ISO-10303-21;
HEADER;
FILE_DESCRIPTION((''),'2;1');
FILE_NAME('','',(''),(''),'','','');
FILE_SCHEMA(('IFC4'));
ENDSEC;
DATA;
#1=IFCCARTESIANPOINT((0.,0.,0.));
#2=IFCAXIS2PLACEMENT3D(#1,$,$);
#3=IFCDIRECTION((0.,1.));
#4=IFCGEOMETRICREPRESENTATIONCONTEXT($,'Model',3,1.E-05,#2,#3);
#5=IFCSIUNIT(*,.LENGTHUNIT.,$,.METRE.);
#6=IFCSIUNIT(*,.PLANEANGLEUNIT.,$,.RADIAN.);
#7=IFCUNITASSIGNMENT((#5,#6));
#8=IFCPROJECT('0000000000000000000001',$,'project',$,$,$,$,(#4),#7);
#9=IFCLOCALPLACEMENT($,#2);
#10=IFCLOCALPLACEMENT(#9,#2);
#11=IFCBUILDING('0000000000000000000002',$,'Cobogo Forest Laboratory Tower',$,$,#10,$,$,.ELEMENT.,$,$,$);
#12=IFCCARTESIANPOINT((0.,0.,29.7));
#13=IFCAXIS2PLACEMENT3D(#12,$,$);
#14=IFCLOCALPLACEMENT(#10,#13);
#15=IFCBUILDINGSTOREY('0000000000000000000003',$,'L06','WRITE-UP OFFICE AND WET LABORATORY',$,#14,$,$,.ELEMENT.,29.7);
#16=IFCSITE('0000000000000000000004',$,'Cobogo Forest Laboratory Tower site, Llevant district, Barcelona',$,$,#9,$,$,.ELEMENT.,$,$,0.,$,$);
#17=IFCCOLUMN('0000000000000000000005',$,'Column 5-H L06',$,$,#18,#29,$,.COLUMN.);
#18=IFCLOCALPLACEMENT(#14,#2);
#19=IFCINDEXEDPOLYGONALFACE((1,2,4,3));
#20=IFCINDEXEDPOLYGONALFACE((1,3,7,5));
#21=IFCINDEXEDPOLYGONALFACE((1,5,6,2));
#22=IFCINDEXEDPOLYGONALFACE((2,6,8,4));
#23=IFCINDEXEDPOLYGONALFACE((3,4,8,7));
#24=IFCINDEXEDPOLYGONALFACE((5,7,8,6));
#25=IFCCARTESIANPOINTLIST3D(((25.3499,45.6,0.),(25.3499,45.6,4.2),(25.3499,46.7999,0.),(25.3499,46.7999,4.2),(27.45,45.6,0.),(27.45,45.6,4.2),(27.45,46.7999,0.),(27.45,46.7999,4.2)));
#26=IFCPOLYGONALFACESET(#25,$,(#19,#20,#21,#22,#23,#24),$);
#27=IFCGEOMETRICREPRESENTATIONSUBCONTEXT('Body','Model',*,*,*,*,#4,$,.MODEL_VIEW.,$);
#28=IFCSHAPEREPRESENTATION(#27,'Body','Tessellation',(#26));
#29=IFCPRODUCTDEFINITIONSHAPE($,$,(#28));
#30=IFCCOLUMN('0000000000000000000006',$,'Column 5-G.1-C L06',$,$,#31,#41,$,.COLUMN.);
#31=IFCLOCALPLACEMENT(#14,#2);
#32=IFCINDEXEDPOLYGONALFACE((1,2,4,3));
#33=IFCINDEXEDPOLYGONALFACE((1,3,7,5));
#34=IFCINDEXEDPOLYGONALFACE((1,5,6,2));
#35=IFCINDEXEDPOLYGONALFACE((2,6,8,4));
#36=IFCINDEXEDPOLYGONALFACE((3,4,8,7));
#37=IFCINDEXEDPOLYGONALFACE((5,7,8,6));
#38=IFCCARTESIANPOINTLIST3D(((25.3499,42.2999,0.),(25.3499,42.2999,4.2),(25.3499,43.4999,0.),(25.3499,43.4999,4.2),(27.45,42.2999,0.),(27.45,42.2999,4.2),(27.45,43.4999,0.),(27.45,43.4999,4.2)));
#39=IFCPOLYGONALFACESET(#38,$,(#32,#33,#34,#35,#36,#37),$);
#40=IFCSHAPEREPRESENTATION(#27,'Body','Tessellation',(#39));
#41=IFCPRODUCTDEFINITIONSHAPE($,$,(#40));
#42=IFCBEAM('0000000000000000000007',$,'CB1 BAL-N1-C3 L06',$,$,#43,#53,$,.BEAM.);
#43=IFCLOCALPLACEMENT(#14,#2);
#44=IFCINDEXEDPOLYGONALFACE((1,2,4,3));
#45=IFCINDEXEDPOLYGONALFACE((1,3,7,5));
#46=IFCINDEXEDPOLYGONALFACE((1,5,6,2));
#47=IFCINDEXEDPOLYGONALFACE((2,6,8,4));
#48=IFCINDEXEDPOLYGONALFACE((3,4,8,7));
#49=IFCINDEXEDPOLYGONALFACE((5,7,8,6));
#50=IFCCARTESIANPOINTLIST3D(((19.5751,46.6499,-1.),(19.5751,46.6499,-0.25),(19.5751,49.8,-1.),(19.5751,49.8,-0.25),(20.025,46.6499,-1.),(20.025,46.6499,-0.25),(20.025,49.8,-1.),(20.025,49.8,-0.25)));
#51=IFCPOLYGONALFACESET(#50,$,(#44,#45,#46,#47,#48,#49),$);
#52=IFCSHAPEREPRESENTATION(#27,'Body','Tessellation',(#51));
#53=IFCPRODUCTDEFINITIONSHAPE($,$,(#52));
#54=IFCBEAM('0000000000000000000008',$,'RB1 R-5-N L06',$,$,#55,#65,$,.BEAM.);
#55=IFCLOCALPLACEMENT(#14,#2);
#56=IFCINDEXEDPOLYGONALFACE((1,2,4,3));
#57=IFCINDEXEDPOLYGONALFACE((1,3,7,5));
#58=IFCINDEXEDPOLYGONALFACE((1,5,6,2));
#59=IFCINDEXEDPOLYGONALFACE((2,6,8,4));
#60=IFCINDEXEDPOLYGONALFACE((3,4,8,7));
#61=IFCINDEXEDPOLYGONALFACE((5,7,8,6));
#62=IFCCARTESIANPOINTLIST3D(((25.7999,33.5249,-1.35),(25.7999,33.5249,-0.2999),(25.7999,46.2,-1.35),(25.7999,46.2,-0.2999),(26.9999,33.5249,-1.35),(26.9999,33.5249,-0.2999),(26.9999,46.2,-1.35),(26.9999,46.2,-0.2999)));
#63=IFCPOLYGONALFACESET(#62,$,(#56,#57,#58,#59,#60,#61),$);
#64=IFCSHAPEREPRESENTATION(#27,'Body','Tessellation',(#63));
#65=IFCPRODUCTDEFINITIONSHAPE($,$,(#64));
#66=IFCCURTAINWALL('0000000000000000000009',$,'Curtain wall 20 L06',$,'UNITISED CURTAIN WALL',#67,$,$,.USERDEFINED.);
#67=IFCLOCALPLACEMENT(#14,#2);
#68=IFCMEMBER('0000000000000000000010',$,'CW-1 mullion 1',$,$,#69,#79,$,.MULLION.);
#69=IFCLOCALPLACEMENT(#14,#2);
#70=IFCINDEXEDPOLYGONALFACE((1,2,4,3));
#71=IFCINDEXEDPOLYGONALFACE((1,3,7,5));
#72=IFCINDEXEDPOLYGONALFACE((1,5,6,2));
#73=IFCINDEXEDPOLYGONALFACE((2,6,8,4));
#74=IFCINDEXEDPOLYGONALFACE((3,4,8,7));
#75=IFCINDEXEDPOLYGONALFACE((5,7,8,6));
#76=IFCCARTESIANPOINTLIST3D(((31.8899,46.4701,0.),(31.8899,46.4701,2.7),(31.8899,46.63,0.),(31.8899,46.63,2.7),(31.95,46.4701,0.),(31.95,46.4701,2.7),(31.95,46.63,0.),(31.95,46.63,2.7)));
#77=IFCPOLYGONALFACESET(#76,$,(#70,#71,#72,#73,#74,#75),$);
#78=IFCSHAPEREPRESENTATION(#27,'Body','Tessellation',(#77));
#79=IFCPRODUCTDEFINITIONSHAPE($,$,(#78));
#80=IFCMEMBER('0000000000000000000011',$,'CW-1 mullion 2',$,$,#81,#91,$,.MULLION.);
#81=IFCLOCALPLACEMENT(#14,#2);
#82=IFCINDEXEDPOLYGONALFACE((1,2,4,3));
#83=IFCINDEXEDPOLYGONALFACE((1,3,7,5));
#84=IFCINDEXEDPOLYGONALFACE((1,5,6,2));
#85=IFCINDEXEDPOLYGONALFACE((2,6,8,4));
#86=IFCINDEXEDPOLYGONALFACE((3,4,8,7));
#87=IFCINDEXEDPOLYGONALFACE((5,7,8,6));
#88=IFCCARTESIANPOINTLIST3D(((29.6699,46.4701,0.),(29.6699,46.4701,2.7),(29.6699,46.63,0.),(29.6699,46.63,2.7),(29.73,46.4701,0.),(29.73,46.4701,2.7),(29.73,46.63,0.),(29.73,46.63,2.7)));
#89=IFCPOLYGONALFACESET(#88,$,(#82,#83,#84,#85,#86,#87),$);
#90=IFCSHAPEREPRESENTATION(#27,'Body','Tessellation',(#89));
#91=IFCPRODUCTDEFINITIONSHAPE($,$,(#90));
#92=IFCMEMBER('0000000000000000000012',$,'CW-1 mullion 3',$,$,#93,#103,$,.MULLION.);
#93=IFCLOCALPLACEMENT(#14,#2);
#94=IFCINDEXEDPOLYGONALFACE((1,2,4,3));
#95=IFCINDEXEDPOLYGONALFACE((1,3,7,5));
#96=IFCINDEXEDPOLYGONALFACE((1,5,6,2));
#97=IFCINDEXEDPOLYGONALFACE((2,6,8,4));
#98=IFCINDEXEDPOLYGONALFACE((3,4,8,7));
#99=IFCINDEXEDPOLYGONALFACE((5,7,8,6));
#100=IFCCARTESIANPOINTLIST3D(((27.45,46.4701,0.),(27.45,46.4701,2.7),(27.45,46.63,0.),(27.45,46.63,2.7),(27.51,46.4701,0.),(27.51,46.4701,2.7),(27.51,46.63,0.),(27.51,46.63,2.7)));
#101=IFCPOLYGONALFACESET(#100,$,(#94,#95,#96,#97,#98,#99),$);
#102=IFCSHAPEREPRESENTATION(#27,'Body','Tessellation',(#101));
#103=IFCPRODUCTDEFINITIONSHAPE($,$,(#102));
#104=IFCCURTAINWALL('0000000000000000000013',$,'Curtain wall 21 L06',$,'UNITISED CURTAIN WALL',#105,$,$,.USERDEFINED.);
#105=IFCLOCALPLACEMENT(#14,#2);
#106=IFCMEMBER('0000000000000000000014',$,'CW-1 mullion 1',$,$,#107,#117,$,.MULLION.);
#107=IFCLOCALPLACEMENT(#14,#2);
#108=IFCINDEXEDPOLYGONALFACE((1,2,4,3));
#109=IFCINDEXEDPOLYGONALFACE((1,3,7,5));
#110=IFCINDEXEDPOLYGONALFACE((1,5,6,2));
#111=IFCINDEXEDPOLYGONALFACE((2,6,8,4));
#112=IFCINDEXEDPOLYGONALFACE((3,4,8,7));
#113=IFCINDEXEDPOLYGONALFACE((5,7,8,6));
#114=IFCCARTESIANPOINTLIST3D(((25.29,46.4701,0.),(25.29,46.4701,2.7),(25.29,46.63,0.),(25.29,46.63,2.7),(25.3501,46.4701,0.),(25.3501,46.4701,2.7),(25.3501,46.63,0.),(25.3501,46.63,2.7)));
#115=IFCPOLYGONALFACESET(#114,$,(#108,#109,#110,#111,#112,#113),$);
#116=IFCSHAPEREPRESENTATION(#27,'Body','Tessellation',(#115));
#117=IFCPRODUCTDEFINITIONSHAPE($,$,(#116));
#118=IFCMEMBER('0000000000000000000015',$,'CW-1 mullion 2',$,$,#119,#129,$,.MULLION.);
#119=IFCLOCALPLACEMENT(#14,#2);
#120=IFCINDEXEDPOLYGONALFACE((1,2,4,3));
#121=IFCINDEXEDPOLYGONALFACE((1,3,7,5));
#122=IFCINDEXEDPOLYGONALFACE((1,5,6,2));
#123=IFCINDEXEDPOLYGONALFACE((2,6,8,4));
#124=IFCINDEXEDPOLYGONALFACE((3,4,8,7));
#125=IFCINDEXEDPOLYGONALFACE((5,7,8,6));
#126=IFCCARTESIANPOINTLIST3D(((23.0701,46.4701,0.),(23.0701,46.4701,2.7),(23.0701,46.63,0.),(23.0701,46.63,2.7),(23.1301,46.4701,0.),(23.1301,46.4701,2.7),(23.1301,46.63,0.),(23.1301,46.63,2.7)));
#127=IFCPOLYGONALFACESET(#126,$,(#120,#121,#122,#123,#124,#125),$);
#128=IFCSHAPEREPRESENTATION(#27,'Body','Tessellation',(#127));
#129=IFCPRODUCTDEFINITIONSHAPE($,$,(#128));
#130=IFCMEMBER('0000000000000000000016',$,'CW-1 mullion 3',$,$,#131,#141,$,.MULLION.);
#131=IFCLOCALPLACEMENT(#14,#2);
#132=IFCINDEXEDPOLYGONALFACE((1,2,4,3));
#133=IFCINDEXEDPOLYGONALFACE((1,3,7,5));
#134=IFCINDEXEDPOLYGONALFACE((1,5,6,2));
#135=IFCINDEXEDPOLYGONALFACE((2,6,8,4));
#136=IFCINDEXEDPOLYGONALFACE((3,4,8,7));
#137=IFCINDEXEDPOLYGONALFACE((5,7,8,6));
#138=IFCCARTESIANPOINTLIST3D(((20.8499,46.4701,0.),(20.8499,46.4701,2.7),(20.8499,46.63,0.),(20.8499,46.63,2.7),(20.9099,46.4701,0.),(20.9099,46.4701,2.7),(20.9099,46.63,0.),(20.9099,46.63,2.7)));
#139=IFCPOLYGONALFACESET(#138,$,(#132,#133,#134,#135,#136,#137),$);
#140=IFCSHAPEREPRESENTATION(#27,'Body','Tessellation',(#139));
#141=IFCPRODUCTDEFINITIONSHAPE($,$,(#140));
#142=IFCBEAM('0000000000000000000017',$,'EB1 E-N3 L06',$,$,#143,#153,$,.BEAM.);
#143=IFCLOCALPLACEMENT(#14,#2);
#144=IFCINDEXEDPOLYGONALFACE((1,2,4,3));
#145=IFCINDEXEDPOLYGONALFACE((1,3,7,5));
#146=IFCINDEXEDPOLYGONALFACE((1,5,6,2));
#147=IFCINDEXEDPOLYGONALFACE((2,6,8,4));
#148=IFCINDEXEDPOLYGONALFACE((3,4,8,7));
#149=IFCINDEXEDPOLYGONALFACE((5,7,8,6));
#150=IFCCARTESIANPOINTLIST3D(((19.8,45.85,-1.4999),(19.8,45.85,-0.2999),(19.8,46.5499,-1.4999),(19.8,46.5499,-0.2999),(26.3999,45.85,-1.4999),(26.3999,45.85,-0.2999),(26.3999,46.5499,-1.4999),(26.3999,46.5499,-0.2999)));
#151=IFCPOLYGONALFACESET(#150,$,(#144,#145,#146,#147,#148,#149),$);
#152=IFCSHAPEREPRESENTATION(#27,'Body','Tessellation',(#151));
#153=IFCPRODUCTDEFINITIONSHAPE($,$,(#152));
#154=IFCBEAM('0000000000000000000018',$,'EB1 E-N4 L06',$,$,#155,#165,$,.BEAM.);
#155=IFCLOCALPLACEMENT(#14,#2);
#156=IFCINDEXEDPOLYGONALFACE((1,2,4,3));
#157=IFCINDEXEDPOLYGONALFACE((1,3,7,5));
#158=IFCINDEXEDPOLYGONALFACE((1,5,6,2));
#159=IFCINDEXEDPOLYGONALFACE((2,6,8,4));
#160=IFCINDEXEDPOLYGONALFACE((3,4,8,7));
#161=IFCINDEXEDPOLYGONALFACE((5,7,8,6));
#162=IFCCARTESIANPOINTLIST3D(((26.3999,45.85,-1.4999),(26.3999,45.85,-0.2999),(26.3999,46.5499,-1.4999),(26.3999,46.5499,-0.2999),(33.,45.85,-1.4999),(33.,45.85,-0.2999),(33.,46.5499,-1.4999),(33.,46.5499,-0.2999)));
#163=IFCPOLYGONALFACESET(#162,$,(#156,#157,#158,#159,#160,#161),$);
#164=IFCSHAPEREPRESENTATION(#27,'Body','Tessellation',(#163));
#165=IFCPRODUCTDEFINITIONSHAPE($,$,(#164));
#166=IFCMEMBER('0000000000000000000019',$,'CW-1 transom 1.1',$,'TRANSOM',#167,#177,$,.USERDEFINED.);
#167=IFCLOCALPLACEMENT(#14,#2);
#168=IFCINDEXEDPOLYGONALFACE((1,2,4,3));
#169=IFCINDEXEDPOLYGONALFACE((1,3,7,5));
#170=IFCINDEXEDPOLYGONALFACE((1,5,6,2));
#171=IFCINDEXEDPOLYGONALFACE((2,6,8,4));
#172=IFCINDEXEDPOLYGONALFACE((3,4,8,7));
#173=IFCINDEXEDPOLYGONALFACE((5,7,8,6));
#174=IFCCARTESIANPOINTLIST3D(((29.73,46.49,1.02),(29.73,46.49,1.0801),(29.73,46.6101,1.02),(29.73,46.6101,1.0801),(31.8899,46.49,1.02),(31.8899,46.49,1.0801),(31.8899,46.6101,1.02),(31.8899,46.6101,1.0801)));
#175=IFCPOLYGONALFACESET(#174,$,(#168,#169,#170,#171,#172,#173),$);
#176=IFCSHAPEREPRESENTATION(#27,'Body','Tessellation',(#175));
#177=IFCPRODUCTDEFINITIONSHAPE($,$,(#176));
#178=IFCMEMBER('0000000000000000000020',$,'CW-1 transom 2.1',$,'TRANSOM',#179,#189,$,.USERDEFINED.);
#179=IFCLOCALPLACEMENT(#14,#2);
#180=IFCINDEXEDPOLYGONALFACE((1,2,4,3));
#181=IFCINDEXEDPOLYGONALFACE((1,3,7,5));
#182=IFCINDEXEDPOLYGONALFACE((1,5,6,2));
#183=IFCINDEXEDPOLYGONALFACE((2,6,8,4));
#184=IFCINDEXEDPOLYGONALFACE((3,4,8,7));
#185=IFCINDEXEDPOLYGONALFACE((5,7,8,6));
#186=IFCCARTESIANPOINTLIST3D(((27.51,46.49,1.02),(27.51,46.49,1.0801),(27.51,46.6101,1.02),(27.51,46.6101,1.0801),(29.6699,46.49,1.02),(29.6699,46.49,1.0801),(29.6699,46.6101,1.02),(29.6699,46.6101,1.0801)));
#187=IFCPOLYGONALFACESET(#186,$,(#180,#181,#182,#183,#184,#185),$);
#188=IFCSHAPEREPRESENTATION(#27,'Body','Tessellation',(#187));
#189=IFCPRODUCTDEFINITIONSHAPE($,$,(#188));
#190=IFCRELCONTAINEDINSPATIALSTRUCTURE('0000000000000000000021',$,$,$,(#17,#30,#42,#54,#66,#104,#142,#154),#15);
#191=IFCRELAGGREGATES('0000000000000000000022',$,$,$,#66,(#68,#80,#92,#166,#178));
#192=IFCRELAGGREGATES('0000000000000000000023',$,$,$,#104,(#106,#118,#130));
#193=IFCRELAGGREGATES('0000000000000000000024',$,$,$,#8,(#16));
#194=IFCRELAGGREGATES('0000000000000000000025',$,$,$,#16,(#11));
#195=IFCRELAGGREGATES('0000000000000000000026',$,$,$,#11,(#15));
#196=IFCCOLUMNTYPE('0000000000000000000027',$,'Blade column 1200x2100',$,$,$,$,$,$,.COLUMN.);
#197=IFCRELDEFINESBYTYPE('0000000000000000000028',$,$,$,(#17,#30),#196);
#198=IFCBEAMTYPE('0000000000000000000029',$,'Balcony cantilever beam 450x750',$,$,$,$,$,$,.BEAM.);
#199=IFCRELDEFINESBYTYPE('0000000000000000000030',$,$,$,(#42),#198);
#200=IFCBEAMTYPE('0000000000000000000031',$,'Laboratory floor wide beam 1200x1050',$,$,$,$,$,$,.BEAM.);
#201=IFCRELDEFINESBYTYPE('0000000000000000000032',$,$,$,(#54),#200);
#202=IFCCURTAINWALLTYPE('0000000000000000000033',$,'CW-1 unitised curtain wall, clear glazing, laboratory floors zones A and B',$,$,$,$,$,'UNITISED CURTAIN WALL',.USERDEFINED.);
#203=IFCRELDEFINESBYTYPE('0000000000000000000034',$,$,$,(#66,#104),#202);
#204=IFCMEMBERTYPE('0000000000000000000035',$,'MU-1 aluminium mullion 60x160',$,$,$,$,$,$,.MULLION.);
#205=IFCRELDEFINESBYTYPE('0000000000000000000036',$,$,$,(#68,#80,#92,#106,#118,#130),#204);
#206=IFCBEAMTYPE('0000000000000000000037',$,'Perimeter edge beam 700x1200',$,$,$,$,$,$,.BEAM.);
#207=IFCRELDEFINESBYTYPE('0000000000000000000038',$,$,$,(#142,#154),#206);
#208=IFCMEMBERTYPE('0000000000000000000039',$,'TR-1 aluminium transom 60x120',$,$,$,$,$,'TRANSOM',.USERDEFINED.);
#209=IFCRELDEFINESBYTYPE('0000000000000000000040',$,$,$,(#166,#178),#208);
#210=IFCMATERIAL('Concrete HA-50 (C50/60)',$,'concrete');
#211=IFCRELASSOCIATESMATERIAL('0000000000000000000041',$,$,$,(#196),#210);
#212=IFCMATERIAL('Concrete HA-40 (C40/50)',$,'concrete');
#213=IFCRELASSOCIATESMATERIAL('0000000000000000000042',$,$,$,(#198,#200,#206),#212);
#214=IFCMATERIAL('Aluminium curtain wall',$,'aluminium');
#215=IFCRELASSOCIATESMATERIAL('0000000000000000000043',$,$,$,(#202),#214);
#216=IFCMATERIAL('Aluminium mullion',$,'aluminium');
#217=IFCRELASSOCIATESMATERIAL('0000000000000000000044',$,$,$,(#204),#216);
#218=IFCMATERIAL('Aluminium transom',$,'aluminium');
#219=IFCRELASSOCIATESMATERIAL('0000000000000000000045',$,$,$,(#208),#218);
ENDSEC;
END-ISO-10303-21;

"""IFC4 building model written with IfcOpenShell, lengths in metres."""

from ifc_helpers import new_model, si_unit, direction, frame, origin, origin_2d, place, context, subcontext, project, spatial, rectangle, extrude, material, material_profile, profile_set, type_object, element, aggregate, save


model = new_model("IFC4")

# Units and contexts
model_context = context("Model", 3, precision=1e-05, world=origin(), true_north=direction((0.0, 1.0)))
body_context = subcontext(model_context, "Body", "Model", "MODEL_VIEW")
ifc_project = project(units=[si_unit("LENGTHUNIT", "METRE"), si_unit("PLANEANGLEUNIT", "RADIAN")], contexts=[model_context])

# Site, building, storey
site_placement = place(None, origin())
site = spatial("IfcSite", under=ifc_project, at=site_placement, Name="Cobogo Forest Laboratory Tower site, Llevant district, Barcelona", CompositionType="ELEMENT", RefElevation=0.0)
building_placement = place(site_placement, origin())
building = spatial("IfcBuilding", under=site, at=building_placement, Name="Cobogo Forest Laboratory Tower", CompositionType="ELEMENT")
storey_placement = place(building_placement, frame((0.0, 0.0, 29.7)))
storey = spatial("IfcBuildingStorey", under=building, at=storey_placement, Name="L06", Description="WRITE-UP OFFICE AND WET LABORATORY", CompositionType="ELEMENT", Elevation=29.7)

# Columns
ifc_material_1 = material(Name="Concrete HA-50 (C50/60)", Category="concrete")
ifc_material_profile_1 = material_profile(ifc_material_1, rectangle(XDim=2.1001, YDim=1.2, at=origin_2d()), Name="RC 1200x2100")
ifc_profile_set_1 = profile_set([ifc_material_profile_1], Name="Concrete HA-50 (C50/60)")
column_type = type_object("IfcColumnType", Name="Blade column 1200x2100", PredefinedType="COLUMN", material=ifc_profile_set_1)
for number, where, z_axis, x_axis, name in (
    (1, (26.3999, 46.2, 0.0), (0.0, 0.0, 1.0), (1.0, 0.0, 0.0), "Column 5-H L06"),
    (2, (26.3999, 42.8999, 0.0), (0.0, 0.0, 1.0), (1.0, 0.0, 0.0), "Column 5-G.1-C L06"),
):
    element("IfcColumn", number, at=place(storey_placement, frame(where, z_axis=z_axis, x_axis=x_axis)), inside=storey, type_object=column_type, Name=name, PredefinedType="COLUMN", context=body_context, shape_type="SweptSolid", body=[
        extrude(rectangle(XDim=2.1001, YDim=1.2, at=origin_2d()), origin(), (0.0, 0.0, 1.0), 4.2),
    ])

# Beams
ifc_material_2 = material(Name="Concrete HA-40 (C40/50)", Category="concrete")
ifc_material_profile_2 = material_profile(ifc_material_2, rectangle(XDim=0.45, YDim=0.75, at=origin_2d()), Name="RC 450x750")
ifc_profile_set_2 = profile_set([ifc_material_profile_2], Name="Concrete HA-40 (C40/50)")
beam_type_1 = type_object("IfcBeamType", Name="Balcony cantilever beam 450x750", PredefinedType="BEAM", material=ifc_profile_set_2)
beam_1_placement = place(storey_placement, frame((19.8, 46.6499, -0.625), z_axis=(0.0, 1.0, 0.0), x_axis=(-1.0, 0.0, 0.0)))
element("IfcBeam", 3, at=beam_1_placement, inside=storey, type_object=beam_type_1, Name="CB1 BAL-N1-C3 L06", PredefinedType="BEAM", context=body_context, shape_type="SweptSolid", body=[
    extrude(rectangle(XDim=0.45, YDim=0.75, at=origin_2d()), origin(), (0.0, 0.0, 1.0), 3.1501),
])
ifc_material_profile_3 = material_profile(ifc_material_2, rectangle(XDim=1.2, YDim=1.05, at=origin_2d()), Name="RC 1200x1050")
ifc_profile_set_3 = profile_set([ifc_material_profile_3], Name="Concrete HA-40 (C40/50)")
beam_type_2 = type_object("IfcBeamType", Name="Laboratory floor wide beam 1200x1050", PredefinedType="BEAM", material=ifc_profile_set_3)
beam_2_placement = place(storey_placement, frame((26.3999, 33.5249, -0.825), z_axis=(0.0, 1.0, 0.0), x_axis=(-1.0, 0.0, 0.0)))
element("IfcBeam", 4, at=beam_2_placement, inside=storey, type_object=beam_type_2, Name="RB1 R-5-N L06", PredefinedType="BEAM", context=body_context, shape_type="SweptSolid", body=[
    extrude(rectangle(XDim=1.2, YDim=1.05, at=origin_2d()), origin(), (0.0, 0.0, 1.0), 12.675),
])

# Curtain walls, members
ifc_material_3 = material(Name="Aluminium curtain wall", Category="aluminium")
curtain_wall_type = type_object("IfcCurtainWallType", Name="CW-1 unitised curtain wall, clear glazing, laboratory floors zones A and B", ElementType="UNITISED CURTAIN WALL", PredefinedType="USERDEFINED", material=ifc_material_3)
curtain_wall_1_placement = place(storey_placement, origin())
curtain_wall_1 = element("IfcCurtainWall", 5, at=curtain_wall_1_placement, inside=storey, type_object=curtain_wall_type, Name="Curtain wall 20 L06", ObjectType="UNITISED CURTAIN WALL", PredefinedType="USERDEFINED")
ifc_material_4 = material(Name="Aluminium mullion", Category="aluminium")
ifc_material_profile_4 = material_profile(ifc_material_4, rectangle(XDim=0.0601, YDim=0.1599, at=origin_2d()), Name="AL 60x160")
ifc_profile_set_4 = profile_set([ifc_material_profile_4], Name="Aluminium mullion")
member_type_1 = type_object("IfcMemberType", Name="MU-1 aluminium mullion 60x160", PredefinedType="MULLION", material=ifc_profile_set_4)
member_1_placement = place(storey_placement, frame((31.9199, 46.55, 0.0), z_axis=(0.0, 0.0, 1.0), x_axis=(-1.0, 0.0, 0.0)))
member_1 = element("IfcMember", 6, at=member_1_placement, type_object=member_type_1, Name="CW-1 mullion 1", PredefinedType="MULLION", context=body_context, shape_type="SweptSolid", body=[
    extrude(rectangle(XDim=0.0601, YDim=0.1599, at=origin_2d()), origin(), (0.0, 0.0, 1.0), 2.7),
])
member_2_placement = place(storey_placement, frame((29.7, 46.55, 0.0), z_axis=(0.0, 0.0, 1.0), x_axis=(-1.0, 0.0, 0.0)))
member_2 = element("IfcMember", 7, at=member_2_placement, type_object=member_type_1, Name="CW-1 mullion 2", PredefinedType="MULLION", context=body_context, shape_type="SweptSolid", body=[
    extrude(rectangle(XDim=0.0601, YDim=0.1599, at=origin_2d()), origin(), (0.0, 0.0, 1.0), 2.7),
])
member_3_placement = place(storey_placement, frame((27.48, 46.55, 0.0), z_axis=(0.0, 0.0, 1.0), x_axis=(-1.0, 0.0, 0.0)))
member_3 = element("IfcMember", 8, at=member_3_placement, type_object=member_type_1, Name="CW-1 mullion 3", PredefinedType="MULLION", context=body_context, shape_type="SweptSolid", body=[
    extrude(rectangle(XDim=0.0601, YDim=0.1599, at=origin_2d()), origin(), (0.0, 0.0, 1.0), 2.7),
])
curtain_wall_2_placement = place(storey_placement, origin())
curtain_wall_2 = element("IfcCurtainWall", 9, at=curtain_wall_2_placement, inside=storey, type_object=curtain_wall_type, Name="Curtain wall 21 L06", ObjectType="UNITISED CURTAIN WALL", PredefinedType="USERDEFINED")
member_4_placement = place(storey_placement, frame((25.3201, 46.55, 0.0), z_axis=(0.0, 0.0, 1.0), x_axis=(-1.0, 0.0, 0.0)))
member_4 = element("IfcMember", 10, at=member_4_placement, type_object=member_type_1, Name="CW-1 mullion 1", PredefinedType="MULLION", context=body_context, shape_type="SweptSolid", body=[
    extrude(rectangle(XDim=0.0601, YDim=0.1599, at=origin_2d()), origin(), (0.0, 0.0, 1.0), 2.7),
])
member_5_placement = place(storey_placement, frame((23.1001, 46.55, 0.0), z_axis=(0.0, 0.0, 1.0), x_axis=(-1.0, 0.0, 0.0)))
member_5 = element("IfcMember", 11, at=member_5_placement, type_object=member_type_1, Name="CW-1 mullion 2", PredefinedType="MULLION", context=body_context, shape_type="SweptSolid", body=[
    extrude(rectangle(XDim=0.0601, YDim=0.1599, at=origin_2d()), origin(), (0.0, 0.0, 1.0), 2.7),
])
member_6_placement = place(storey_placement, frame((20.8799, 46.55, 0.0), z_axis=(0.0, 0.0, 1.0), x_axis=(-1.0, 0.0, 0.0)))
member_6 = element("IfcMember", 12, at=member_6_placement, type_object=member_type_1, Name="CW-1 mullion 3", PredefinedType="MULLION", context=body_context, shape_type="SweptSolid", body=[
    extrude(rectangle(XDim=0.0601, YDim=0.1599, at=origin_2d()), origin(), (0.0, 0.0, 1.0), 2.7),
])

# Beams
ifc_material_profile_5 = material_profile(ifc_material_2, rectangle(XDim=0.7, YDim=1.2, at=origin_2d()), Name="RC 700x1200")
ifc_profile_set_5 = profile_set([ifc_material_profile_5], Name="Concrete HA-40 (C40/50)")
beam_type_3 = type_object("IfcBeamType", Name="Perimeter edge beam 700x1200", PredefinedType="BEAM", material=ifc_profile_set_5)
beam_3_placement = place(storey_placement, frame((19.8, 46.2, -0.8999), z_axis=(1.0, 0.0, 0.0), x_axis=(0.0, 1.0, 0.0)))
element("IfcBeam", 13, at=beam_3_placement, inside=storey, type_object=beam_type_3, Name="EB1 E-N3 L06", PredefinedType="BEAM", context=body_context, shape_type="SweptSolid", body=[
    extrude(rectangle(XDim=0.7, YDim=1.2, at=origin_2d()), origin(), (0.0, 0.0, 1.0), 6.5999),
])
beam_4_placement = place(storey_placement, frame((26.3999, 46.2, -0.8999), z_axis=(1.0, 0.0, 0.0), x_axis=(0.0, 1.0, 0.0)))
element("IfcBeam", 14, at=beam_4_placement, inside=storey, type_object=beam_type_3, Name="EB1 E-N4 L06", PredefinedType="BEAM", context=body_context, shape_type="SweptSolid", body=[
    extrude(rectangle(XDim=0.7, YDim=1.2, at=origin_2d()), origin(), (0.0, 0.0, 1.0), 6.6001),
])

# Members
ifc_material_5 = material(Name="Aluminium transom", Category="aluminium")
ifc_material_profile_6 = material_profile(ifc_material_5, rectangle(XDim=0.1201, YDim=0.0601, at=origin_2d()), Name="AL 60x120")
ifc_profile_set_6 = profile_set([ifc_material_profile_6], Name="Aluminium transom")
member_type_2 = type_object("IfcMemberType", Name="TR-1 aluminium transom 60x120", ElementType="TRANSOM", PredefinedType="USERDEFINED", material=ifc_profile_set_6)
member_7_placement = place(storey_placement, frame((31.8899, 46.55, 1.05), z_axis=(-1.0, 0.0, 0.0), x_axis=(0.0, -1.0, 0.0)))
member_7 = element("IfcMember", 15, at=member_7_placement, type_object=member_type_2, Name="CW-1 transom 1.1", ObjectType="TRANSOM", PredefinedType="USERDEFINED", context=body_context, shape_type="SweptSolid", body=[
    extrude(rectangle(XDim=0.1201, YDim=0.0601, at=origin_2d()), origin(), (0.0, 0.0, 1.0), 2.1599),
])
member_8_placement = place(storey_placement, frame((29.6699, 46.55, 1.05), z_axis=(-1.0, 0.0, 0.0), x_axis=(0.0, -1.0, 0.0)))
member_8 = element("IfcMember", 16, at=member_8_placement, type_object=member_type_2, Name="CW-1 transom 2.1", ObjectType="TRANSOM", PredefinedType="USERDEFINED", context=body_context, shape_type="SweptSolid", body=[
    extrude(rectangle(XDim=0.1201, YDim=0.0601, at=origin_2d()), origin(), (0.0, 0.0, 1.0), 2.1599),
])

aggregate(curtain_wall_1, [member_1, member_2, member_3, member_7, member_8])
aggregate(curtain_wall_2, [member_4, member_5, member_6])

save(model, "model.ifc")
